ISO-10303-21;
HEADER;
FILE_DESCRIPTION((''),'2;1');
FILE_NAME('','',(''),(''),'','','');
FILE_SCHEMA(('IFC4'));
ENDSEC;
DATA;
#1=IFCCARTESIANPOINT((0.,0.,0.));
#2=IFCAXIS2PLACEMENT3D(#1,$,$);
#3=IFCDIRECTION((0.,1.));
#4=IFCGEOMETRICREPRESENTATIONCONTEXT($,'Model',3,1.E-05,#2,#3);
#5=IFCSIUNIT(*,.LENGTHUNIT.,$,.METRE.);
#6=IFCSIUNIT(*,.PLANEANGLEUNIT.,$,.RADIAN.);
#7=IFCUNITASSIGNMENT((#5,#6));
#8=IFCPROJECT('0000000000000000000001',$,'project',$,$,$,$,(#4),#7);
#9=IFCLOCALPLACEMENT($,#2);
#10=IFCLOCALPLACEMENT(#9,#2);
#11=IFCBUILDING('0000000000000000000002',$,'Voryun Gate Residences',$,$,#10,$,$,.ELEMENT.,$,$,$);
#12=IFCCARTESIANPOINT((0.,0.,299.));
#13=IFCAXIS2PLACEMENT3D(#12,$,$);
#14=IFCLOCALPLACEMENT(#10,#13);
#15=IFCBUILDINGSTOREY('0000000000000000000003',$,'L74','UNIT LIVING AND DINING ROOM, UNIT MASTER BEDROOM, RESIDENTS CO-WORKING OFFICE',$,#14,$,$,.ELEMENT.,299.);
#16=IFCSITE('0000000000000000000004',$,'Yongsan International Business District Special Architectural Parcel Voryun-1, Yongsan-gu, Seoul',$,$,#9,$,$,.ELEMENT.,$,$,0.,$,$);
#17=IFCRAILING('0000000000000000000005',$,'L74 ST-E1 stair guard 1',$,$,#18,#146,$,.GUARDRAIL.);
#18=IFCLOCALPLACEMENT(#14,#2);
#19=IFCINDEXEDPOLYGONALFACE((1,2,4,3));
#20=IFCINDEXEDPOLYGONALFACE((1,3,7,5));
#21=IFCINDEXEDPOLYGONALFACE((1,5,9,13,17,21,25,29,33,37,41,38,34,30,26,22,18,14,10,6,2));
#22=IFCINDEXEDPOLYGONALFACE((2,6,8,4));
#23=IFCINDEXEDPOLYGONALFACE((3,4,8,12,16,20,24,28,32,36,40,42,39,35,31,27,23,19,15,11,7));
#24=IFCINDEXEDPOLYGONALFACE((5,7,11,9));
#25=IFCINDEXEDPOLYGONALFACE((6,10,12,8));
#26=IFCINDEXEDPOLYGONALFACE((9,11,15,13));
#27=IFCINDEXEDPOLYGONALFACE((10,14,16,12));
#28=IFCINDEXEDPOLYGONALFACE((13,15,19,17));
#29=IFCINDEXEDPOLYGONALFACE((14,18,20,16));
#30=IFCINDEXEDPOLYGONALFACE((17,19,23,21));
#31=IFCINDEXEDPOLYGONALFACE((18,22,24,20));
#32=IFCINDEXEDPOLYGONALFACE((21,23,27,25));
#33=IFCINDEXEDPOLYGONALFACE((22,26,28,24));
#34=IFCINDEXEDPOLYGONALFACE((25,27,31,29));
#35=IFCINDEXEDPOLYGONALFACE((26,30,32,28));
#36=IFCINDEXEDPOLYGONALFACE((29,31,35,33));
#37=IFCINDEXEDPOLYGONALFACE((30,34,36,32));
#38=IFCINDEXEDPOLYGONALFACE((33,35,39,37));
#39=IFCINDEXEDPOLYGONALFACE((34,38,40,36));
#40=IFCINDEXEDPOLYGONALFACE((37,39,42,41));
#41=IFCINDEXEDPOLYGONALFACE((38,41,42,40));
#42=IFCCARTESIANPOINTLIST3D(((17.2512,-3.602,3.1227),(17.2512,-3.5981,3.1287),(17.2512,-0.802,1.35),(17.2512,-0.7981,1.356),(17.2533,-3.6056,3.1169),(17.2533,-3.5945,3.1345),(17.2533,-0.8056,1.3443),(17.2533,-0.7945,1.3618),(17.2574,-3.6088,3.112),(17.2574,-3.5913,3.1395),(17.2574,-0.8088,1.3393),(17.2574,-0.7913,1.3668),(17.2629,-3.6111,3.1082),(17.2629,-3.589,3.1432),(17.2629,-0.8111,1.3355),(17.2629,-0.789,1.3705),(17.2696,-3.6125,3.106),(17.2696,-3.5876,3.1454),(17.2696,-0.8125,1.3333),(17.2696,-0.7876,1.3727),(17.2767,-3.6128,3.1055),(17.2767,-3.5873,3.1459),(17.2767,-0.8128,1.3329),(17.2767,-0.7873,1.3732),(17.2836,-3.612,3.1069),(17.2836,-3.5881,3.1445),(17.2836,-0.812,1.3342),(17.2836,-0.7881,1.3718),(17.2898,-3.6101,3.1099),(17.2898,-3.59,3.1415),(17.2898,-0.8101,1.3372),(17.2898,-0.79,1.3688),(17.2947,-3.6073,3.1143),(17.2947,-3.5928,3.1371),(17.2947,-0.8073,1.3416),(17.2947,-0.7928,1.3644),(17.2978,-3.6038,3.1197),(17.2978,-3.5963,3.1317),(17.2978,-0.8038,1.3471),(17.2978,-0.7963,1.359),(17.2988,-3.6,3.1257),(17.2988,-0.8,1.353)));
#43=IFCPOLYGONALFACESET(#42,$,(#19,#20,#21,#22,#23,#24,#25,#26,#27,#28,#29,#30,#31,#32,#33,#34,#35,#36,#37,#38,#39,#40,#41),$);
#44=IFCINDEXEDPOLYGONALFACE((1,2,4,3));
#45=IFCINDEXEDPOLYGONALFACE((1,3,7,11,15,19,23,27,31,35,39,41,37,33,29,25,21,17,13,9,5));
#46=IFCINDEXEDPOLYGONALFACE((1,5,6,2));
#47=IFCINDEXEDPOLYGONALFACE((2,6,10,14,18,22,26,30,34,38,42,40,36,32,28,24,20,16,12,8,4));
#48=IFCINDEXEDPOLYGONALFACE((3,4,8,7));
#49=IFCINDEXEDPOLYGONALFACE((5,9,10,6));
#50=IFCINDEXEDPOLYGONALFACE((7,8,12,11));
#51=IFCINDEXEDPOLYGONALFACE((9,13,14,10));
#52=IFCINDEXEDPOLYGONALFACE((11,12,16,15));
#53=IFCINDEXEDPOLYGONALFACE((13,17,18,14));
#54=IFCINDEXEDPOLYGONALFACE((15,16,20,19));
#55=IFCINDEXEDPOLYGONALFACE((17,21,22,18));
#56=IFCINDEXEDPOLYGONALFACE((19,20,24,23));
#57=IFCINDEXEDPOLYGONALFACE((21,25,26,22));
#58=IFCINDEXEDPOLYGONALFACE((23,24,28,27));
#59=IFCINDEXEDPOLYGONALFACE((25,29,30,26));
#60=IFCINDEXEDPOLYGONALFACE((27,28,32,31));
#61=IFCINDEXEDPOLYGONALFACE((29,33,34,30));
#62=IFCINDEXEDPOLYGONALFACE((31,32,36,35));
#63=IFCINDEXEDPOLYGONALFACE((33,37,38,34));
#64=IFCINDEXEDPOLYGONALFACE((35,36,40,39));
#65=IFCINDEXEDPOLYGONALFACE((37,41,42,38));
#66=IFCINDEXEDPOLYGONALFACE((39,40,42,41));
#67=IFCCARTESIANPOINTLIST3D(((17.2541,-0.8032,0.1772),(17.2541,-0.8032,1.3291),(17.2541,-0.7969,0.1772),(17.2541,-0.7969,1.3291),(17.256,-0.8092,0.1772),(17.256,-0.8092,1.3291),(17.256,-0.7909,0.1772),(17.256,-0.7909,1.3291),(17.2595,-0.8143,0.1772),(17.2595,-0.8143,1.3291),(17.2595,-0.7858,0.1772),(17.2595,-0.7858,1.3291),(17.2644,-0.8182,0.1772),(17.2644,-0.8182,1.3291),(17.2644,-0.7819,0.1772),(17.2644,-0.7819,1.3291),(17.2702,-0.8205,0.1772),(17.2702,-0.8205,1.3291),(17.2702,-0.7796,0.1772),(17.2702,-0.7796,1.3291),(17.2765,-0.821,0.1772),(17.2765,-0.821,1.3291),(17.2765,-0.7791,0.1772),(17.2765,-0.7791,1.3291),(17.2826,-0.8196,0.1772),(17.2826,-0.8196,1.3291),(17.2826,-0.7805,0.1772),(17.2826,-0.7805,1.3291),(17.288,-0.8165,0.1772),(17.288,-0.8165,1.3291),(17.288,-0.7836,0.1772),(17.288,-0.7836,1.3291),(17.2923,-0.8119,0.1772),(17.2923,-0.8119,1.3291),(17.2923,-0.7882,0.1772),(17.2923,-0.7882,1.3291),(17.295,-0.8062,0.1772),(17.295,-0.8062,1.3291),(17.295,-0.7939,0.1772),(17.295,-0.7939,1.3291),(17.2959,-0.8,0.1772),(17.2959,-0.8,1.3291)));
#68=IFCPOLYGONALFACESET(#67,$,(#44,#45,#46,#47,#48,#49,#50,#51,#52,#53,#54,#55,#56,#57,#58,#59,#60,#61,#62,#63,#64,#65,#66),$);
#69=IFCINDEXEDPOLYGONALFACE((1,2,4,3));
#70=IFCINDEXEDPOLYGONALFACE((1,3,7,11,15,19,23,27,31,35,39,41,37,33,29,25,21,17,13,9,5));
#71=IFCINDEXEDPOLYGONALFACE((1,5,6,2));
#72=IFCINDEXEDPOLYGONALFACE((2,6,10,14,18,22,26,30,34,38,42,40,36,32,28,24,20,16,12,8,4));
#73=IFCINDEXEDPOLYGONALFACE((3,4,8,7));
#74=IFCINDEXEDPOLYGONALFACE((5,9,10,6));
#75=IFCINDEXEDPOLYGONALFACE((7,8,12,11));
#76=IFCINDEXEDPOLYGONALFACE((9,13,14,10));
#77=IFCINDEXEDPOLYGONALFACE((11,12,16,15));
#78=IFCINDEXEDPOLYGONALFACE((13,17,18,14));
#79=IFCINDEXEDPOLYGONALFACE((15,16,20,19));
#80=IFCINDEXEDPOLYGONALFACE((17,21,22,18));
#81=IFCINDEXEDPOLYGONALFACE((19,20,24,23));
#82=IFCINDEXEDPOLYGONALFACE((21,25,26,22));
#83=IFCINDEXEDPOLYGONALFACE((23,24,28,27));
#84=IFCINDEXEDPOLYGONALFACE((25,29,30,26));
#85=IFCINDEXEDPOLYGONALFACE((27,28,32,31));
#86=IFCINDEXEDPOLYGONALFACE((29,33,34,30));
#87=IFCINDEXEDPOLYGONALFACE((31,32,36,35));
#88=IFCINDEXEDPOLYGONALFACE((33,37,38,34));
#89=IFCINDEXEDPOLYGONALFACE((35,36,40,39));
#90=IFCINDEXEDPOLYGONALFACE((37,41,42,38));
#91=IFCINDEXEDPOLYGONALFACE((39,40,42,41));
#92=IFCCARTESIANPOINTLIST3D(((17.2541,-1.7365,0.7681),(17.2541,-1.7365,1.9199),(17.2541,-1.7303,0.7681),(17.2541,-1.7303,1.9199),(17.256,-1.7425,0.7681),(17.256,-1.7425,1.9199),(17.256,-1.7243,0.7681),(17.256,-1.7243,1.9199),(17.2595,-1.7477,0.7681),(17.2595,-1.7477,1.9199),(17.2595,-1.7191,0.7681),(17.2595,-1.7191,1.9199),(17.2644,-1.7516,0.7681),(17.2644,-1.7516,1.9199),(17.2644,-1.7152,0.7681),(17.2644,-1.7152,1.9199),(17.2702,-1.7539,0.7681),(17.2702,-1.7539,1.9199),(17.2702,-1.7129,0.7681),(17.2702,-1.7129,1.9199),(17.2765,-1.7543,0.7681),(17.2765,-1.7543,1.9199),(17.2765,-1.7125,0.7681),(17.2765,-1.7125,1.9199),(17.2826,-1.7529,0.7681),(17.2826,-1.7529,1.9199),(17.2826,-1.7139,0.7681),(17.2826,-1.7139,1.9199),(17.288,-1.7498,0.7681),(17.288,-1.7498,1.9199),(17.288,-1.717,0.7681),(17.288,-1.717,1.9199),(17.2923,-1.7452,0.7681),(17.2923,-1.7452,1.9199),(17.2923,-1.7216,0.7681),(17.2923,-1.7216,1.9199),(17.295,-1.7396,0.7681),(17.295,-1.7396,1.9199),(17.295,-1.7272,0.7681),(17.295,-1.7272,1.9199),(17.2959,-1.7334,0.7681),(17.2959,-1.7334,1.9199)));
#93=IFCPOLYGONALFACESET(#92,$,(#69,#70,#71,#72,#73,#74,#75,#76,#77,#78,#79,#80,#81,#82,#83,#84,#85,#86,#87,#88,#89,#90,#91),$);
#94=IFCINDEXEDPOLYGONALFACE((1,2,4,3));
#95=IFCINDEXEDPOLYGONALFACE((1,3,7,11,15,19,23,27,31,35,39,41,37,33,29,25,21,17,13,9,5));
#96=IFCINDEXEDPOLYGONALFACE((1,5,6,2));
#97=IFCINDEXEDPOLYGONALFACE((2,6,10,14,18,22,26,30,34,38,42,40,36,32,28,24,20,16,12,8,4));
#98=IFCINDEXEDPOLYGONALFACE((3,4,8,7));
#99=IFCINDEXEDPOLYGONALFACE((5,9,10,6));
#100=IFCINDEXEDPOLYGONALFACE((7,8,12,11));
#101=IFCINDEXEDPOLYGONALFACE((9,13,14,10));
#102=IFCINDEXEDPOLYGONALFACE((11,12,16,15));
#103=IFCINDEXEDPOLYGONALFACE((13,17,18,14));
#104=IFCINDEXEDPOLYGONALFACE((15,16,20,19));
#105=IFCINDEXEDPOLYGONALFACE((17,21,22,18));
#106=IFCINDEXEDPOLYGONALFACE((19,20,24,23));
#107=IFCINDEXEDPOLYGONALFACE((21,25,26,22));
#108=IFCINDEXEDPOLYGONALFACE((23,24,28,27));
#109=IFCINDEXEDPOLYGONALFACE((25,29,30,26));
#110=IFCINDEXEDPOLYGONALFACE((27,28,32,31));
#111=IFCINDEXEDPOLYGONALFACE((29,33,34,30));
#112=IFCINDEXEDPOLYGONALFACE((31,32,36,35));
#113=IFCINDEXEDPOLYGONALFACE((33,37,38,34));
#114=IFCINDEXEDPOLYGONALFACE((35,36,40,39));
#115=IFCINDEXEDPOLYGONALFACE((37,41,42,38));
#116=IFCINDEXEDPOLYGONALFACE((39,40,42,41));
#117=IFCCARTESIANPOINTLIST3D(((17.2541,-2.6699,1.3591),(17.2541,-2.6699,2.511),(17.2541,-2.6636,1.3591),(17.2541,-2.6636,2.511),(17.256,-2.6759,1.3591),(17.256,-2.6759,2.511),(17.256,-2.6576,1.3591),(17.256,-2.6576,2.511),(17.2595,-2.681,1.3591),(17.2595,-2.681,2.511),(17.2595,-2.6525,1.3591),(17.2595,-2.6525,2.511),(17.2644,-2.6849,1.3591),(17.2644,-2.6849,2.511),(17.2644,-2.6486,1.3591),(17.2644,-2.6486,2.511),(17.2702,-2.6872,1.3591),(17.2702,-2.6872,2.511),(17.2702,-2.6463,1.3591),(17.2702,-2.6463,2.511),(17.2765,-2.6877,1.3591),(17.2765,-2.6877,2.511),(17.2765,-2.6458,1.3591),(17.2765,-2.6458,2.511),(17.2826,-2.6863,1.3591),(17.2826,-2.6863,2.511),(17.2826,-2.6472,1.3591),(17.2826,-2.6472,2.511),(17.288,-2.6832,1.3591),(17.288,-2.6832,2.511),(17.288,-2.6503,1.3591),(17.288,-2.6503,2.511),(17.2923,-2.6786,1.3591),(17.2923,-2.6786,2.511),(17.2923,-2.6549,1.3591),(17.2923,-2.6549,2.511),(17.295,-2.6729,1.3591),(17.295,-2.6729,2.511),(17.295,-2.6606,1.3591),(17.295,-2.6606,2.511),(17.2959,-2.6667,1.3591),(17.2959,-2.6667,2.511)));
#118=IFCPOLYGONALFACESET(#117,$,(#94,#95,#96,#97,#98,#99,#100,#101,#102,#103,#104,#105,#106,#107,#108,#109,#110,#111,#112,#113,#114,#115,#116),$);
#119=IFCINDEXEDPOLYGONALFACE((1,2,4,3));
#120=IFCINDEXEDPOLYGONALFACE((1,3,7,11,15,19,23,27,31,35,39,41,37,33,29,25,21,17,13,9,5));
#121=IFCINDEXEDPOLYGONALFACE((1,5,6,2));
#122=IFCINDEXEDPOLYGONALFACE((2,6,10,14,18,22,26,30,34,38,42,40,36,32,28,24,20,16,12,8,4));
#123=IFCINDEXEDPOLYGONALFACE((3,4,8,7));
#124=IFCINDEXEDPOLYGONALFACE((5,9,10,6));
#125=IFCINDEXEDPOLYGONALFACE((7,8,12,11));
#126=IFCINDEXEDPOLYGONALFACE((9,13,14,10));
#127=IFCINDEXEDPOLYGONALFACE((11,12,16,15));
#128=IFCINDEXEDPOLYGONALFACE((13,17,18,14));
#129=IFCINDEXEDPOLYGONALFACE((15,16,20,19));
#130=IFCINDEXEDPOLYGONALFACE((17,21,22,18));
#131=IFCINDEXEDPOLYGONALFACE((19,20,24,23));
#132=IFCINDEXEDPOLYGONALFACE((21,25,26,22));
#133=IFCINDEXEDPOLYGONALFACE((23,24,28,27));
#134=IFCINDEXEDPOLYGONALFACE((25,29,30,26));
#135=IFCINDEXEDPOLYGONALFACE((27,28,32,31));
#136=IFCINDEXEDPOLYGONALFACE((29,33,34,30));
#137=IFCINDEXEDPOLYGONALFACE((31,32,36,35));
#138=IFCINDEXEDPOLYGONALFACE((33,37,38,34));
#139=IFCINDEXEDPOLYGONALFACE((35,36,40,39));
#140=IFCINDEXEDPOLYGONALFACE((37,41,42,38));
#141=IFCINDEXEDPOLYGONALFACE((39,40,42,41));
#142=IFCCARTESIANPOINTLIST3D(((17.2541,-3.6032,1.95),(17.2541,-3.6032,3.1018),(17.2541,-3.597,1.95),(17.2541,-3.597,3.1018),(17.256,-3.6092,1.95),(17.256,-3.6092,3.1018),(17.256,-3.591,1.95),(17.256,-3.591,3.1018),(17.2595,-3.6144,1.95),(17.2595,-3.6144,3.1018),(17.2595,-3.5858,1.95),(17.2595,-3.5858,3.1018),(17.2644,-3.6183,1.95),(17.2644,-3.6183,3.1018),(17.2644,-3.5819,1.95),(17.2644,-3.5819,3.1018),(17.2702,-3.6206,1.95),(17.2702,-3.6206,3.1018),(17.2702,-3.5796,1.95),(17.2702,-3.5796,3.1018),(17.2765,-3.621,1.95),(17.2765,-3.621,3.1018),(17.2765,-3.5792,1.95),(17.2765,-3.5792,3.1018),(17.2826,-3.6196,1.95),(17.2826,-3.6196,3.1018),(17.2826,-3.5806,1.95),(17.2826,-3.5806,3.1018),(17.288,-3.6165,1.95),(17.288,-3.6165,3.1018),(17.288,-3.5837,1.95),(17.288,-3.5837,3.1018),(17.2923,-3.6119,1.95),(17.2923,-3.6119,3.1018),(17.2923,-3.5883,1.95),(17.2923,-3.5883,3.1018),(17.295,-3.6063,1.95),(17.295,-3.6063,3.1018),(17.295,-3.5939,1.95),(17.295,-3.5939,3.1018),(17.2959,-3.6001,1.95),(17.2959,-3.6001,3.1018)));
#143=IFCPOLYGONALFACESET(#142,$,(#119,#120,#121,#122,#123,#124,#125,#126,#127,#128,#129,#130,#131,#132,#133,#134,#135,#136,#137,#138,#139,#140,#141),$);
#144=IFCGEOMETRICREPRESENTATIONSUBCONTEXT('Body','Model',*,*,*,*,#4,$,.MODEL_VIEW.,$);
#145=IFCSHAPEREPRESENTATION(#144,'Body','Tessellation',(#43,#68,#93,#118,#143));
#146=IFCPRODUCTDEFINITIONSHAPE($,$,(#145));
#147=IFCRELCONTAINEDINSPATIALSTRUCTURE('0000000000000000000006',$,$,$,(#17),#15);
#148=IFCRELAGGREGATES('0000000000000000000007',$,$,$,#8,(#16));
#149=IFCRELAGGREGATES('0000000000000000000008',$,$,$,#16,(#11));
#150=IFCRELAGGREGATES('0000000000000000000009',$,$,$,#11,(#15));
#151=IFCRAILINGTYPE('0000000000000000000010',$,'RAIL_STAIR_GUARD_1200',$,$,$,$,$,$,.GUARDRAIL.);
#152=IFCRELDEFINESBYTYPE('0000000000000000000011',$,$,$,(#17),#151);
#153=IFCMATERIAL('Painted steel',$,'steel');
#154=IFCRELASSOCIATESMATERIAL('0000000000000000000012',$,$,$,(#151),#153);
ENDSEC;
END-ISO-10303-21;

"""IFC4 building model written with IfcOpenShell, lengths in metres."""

from ifc_helpers import new_model, si_unit, direction, frame, origin, origin_2d, place, context, subcontext, project, spatial, circle, extrude, material, type_object, element, save


model = new_model("IFC4")

# Units and contexts
model_context = context("Model", 3, precision=1e-05, world=origin(), true_north=direction((0.0, 1.0)))
body_context = subcontext(model_context, "Body", "Model", "MODEL_VIEW")
ifc_project = project(units=[si_unit("LENGTHUNIT", "METRE"), si_unit("PLANEANGLEUNIT", "RADIAN")], contexts=[model_context])

# Site, building, storey
site_placement = place(None, origin())
site = spatial("IfcSite", under=ifc_project, at=site_placement, Name="Yongsan International Business District Special Architectural Parcel Voryun-1, Yongsan-gu, Seoul", CompositionType="ELEMENT", RefElevation=0.0)
building_placement = place(site_placement, origin())
building = spatial("IfcBuilding", under=site, at=building_placement, Name="Voryun Gate Residences", CompositionType="ELEMENT")
storey_placement = place(building_placement, frame((0.0, 0.0, 299.0)))
storey = spatial("IfcBuildingStorey", under=building, at=storey_placement, Name="L74", Description="UNIT LIVING AND DINING ROOM, UNIT MASTER BEDROOM, RESIDENTS CO-WORKING OFFICE", CompositionType="ELEMENT", Elevation=299.0)

# Railing
ifc_material_1 = material(Name="Painted steel", Category="steel")
railing_type_1 = type_object("IfcRailingType", Name="RAIL_STAIR_GUARD_1200", PredefinedType="GUARDRAIL", material=ifc_material_1)
railing_1_placement = place(storey_placement, frame((17.2749, -0.8, 0.1772)))
element("IfcRailing", 1, at=railing_1_placement, inside=storey, type_object=railing_type_1, Name="L74 ST-E1 stair guard 1", PredefinedType="GUARDRAIL", context=body_context, shape_type="SweptSolid", body=[
    extrude(circle(Radius=0.0239, at=origin_2d()), frame((0.0, 0.0, 1.1758), z_axis=(0.0, -0.844909, 0.53491), x_axis=(1.0, 0.0, 0.0)), (0.0, 0.0, 1.0), 3.314),
    extrude(circle(Radius=0.021, at=origin_2d()), origin(), (0.0, 0.0, 1.0), 1.1519),
    extrude(circle(Radius=0.021, at=origin_2d()), frame((0.0, -0.9333, 0.5908)), (0.0, 0.0, 1.0), 1.1519),
    extrude(circle(Radius=0.021, at=origin_2d()), frame((0.0, -1.8667, 1.1819)), (0.0, 0.0, 1.0), 1.1519),
    extrude(circle(Radius=0.021, at=origin_2d()), frame((0.0, -2.8, 1.7727)), (0.0, 0.0, 1.0), 1.1519),
])

save(model, "model.ifc")
